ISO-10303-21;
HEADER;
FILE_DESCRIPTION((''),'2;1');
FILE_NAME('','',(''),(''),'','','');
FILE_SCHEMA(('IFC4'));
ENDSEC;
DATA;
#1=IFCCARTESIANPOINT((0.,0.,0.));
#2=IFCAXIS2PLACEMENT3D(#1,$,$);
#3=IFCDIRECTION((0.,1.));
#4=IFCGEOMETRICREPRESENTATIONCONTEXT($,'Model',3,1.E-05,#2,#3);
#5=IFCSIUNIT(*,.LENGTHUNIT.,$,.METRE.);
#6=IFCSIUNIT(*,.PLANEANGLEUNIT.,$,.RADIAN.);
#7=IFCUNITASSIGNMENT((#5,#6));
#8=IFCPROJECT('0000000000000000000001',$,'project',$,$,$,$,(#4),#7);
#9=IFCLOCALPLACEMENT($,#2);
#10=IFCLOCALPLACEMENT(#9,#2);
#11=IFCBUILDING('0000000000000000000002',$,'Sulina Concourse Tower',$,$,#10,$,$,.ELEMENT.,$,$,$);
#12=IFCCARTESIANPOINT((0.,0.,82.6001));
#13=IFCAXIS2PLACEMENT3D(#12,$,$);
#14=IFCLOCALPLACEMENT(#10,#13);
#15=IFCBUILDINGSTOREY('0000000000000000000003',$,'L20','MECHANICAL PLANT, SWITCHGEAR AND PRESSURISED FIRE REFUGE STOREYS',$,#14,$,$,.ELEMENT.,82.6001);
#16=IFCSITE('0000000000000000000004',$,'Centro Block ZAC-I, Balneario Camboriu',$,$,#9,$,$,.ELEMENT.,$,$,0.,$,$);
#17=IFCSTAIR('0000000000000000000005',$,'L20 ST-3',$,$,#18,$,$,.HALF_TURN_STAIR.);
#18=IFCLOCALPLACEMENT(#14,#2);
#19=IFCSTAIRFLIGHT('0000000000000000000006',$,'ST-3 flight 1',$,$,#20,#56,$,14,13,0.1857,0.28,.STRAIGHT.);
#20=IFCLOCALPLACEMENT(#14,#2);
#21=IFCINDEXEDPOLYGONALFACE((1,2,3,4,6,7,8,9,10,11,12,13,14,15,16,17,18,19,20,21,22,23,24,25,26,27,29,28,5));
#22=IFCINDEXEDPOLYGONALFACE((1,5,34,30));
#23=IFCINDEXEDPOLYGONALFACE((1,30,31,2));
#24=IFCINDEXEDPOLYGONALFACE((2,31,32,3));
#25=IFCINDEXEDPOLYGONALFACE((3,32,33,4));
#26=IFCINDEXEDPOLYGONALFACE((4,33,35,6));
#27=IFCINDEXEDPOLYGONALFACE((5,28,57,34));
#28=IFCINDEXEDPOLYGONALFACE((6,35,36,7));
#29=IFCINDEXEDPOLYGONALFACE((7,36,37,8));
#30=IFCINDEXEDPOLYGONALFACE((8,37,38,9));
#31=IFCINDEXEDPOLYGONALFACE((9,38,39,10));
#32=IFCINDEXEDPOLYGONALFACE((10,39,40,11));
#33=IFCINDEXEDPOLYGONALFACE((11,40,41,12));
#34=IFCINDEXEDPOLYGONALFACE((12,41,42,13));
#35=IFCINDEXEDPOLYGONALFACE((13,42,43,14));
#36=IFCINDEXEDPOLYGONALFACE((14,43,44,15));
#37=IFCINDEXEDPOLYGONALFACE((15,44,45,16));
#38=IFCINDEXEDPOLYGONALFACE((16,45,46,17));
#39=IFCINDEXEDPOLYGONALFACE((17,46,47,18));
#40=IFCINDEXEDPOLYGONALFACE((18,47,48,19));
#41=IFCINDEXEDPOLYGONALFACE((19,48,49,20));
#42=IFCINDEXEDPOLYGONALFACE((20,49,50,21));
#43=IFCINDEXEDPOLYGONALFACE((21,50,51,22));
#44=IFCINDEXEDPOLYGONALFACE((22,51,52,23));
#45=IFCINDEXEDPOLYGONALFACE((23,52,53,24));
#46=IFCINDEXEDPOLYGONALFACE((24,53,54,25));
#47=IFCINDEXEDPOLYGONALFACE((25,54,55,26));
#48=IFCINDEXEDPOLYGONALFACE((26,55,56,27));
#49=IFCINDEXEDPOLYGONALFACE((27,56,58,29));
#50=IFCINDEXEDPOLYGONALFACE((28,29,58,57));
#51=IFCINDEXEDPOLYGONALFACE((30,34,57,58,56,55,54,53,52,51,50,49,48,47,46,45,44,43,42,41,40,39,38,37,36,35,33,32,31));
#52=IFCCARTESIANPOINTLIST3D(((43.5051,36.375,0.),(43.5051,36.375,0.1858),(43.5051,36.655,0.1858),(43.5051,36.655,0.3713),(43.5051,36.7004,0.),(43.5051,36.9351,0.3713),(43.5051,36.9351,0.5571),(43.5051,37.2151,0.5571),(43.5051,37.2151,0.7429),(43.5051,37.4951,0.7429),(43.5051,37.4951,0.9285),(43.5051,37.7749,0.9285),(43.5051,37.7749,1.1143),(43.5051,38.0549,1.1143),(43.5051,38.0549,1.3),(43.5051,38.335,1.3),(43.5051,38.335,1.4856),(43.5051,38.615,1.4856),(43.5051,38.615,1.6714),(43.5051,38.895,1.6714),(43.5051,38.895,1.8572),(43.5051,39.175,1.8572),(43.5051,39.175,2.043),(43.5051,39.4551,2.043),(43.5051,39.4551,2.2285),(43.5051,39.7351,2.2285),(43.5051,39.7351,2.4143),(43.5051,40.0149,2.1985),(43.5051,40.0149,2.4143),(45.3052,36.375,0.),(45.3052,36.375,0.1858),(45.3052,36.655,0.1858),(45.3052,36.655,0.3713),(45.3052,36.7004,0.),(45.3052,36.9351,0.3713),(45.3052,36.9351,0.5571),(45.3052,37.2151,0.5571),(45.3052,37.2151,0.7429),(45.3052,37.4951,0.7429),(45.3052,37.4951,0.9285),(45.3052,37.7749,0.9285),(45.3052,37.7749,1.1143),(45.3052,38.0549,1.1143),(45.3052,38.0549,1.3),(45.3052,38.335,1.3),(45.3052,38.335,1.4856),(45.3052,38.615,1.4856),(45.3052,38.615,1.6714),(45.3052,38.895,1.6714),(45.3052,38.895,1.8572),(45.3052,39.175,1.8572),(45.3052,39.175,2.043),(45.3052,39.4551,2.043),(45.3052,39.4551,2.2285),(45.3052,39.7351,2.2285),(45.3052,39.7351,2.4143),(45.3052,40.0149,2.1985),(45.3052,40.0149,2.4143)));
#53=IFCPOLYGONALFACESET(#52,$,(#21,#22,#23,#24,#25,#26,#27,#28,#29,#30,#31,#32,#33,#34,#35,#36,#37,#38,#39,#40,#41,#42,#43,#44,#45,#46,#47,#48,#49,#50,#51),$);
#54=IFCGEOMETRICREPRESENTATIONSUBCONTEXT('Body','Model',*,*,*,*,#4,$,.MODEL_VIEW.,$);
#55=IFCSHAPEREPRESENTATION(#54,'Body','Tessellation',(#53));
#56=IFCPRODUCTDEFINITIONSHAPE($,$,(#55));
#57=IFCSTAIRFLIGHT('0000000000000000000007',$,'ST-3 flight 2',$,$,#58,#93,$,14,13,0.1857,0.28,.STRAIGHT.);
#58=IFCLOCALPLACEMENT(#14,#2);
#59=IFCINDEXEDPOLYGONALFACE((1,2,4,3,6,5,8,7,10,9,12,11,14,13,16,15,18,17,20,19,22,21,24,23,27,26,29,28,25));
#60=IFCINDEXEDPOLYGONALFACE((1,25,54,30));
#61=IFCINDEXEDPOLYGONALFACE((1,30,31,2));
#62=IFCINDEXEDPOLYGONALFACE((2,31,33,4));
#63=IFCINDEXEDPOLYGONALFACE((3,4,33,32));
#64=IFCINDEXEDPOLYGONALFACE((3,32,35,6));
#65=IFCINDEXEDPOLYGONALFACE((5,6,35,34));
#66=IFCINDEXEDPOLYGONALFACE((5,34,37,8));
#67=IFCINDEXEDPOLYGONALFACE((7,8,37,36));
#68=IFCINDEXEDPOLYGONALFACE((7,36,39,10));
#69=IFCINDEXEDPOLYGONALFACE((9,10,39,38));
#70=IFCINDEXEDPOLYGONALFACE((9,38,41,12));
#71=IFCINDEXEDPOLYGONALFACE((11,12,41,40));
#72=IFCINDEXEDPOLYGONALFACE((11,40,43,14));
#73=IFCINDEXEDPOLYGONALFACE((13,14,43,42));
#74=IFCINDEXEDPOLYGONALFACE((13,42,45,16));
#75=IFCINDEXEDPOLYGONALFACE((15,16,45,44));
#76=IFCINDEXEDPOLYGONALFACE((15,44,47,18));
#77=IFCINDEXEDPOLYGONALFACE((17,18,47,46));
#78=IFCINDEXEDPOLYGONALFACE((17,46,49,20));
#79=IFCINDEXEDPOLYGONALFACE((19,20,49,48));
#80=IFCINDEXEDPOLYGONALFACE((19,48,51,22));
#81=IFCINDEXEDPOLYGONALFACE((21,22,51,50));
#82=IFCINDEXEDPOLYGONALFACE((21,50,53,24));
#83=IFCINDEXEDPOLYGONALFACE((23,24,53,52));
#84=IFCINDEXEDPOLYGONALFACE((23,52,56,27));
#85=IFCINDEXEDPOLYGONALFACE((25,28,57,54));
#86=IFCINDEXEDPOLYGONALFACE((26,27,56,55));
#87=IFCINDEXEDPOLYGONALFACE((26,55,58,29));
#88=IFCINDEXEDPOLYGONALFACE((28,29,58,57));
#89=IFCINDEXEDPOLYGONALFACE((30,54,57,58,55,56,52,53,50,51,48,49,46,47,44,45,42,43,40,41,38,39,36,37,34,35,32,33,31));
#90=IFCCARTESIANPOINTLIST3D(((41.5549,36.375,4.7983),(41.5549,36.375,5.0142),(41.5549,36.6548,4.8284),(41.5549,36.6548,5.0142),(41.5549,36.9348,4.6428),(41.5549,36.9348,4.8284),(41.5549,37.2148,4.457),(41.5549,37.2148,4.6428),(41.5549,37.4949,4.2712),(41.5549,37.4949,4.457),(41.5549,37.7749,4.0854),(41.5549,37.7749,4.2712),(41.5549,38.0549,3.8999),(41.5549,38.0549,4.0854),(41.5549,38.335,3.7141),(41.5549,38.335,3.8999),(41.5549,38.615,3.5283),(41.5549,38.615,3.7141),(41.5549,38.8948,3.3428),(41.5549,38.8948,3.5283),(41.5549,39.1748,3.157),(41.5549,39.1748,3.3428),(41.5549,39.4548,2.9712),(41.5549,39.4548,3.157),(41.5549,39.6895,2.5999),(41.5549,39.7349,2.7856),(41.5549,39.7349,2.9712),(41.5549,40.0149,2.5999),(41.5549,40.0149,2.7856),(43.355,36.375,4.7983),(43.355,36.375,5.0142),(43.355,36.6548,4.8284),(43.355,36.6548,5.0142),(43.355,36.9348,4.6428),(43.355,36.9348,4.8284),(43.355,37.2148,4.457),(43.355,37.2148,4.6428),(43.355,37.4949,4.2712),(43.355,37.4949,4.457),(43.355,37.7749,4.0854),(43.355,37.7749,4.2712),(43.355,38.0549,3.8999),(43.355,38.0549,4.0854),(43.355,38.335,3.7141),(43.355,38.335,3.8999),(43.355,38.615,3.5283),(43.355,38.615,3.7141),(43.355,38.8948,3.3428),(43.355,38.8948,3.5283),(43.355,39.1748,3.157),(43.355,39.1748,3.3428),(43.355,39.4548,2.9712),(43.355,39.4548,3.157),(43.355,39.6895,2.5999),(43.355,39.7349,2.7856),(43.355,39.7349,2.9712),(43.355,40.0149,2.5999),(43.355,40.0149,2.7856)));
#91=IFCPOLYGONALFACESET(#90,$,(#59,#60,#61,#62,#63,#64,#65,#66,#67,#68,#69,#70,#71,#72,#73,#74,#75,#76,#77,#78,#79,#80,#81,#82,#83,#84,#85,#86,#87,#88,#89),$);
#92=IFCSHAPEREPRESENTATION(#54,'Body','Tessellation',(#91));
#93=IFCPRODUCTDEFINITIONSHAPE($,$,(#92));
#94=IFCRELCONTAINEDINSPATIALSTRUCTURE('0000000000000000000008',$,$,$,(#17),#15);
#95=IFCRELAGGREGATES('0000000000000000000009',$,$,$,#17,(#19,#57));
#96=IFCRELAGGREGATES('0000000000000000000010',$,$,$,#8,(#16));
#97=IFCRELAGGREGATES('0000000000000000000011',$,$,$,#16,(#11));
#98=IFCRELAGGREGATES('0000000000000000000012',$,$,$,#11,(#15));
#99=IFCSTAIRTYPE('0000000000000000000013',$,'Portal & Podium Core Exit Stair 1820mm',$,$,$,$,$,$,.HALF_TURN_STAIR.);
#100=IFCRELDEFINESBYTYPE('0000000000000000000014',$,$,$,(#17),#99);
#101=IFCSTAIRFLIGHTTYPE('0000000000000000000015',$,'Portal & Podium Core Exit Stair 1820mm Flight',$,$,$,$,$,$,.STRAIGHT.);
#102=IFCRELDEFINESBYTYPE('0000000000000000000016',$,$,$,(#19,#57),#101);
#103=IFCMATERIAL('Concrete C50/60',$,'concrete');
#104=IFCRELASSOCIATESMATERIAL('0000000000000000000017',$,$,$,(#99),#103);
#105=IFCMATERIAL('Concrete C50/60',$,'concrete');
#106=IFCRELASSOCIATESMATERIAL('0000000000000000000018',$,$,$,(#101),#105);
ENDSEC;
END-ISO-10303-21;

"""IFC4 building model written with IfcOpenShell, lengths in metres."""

from ifc_helpers import new_model, si_unit, direction, frame, origin, place, context, subcontext, project, spatial, polyline, outline, extrude, material, type_object, element, aggregate, save


model = new_model("IFC4")

# Units and contexts
model_context = context("Model", 3, precision=1e-05, world=origin(), true_north=direction((0.0, 1.0)))
body_context = subcontext(model_context, "Body", "Model", "MODEL_VIEW")
ifc_project = project(units=[si_unit("LENGTHUNIT", "METRE"), si_unit("PLANEANGLEUNIT", "RADIAN")], contexts=[model_context])

# Site, building, storey
site_placement = place(None, origin())
site = spatial("IfcSite", under=ifc_project, at=site_placement, Name="Centro Block ZAC-I, Balneario Camboriu", CompositionType="ELEMENT", RefElevation=0.0)
building_placement = place(site_placement, origin())
building = spatial("IfcBuilding", under=site, at=building_placement, Name="Sulina Concourse Tower", CompositionType="ELEMENT")
storey_placement = place(building_placement, frame((0.0, 0.0, 82.6001)))
storey = spatial("IfcBuildingStorey", under=building, at=storey_placement, Name="L20", Description="MECHANICAL PLANT, SWITCHGEAR AND PRESSURISED FIRE REFUGE STOREYS", CompositionType="ELEMENT", Elevation=82.6001)

# Stair, stair flights
ifc_material_1 = material(Name="Concrete C50/60", Category="concrete")
stair_type = type_object("IfcStairType", Name="Portal & Podium Core Exit Stair 1820mm", PredefinedType="HALF_TURN_STAIR", material=ifc_material_1)
stair_placement = place(storey_placement, origin())
stair = element("IfcStair", 1, at=stair_placement, inside=storey, type_object=stair_type, Name="L20 ST-3", PredefinedType="HALF_TURN_STAIR")
ifc_material_2 = material(Name="Concrete C50/60", Category="concrete")
stair_flight_type = type_object("IfcStairFlightType", Name="Portal & Podium Core Exit Stair 1820mm Flight", PredefinedType="STRAIGHT", material=ifc_material_2)
stair_flight_1_placement = place(storey_placement, frame((44.405, 36.375, 0.0), z_axis=(0.0, 0.0, 1.0), x_axis=(0.0, 1.0, 0.0)))
stair_flight_1 = element("IfcStairFlight", 2, at=stair_flight_1_placement, type_object=stair_flight_type, Name="ST-3 flight 1", NumberOfRisers=14, NumberOfTreads=13, PredefinedType="STRAIGHT", RiserHeight=0.1857, TreadLength=0.28, context=body_context, shape_type="SweptSolid", body=[
    extrude(outline(polyline([(0.0, 0.0), (0.0, 0.1858), (0.28, 0.1858), (0.28, 0.3713), (0.5601, 0.3713), (0.5601, 0.5571), (0.8401, 0.5571), (0.8401, 0.7429), (1.1201, 0.7429), (1.1201, 0.9285), (1.3999, 0.9285), (1.3999, 1.1143), (1.6799, 1.1143), (1.6799, 1.3), (1.96, 1.3), (1.96, 1.4856), (2.24, 1.4856), (2.24, 1.6714), (2.52, 1.6714), (2.52, 1.8572), (2.8, 1.8572), (2.8, 2.043), (3.0801, 2.043), (3.0801, 2.2285), (3.3601, 2.2285), (3.3601, 2.4143), (3.6399, 2.4143), (3.6399, 2.6001), (3.6399, 2.1985), (0.3254, 0.0), (0.0, 0.0)])), frame((0.0, 0.8999, 0.0), z_axis=(0.0, -1.0, 0.0), x_axis=(1.0, 0.0, 0.0)), (0.0, 0.0, 1.0), 1.8),
])
stair_flight_2_placement = place(storey_placement, frame((42.4551, 40.0149, 2.5999), z_axis=(0.0, 0.0, 1.0), x_axis=(0.0, -1.0, 0.0)))
stair_flight_2 = element("IfcStairFlight", 3, at=stair_flight_2_placement, type_object=stair_flight_type, Name="ST-3 flight 2", NumberOfRisers=14, NumberOfTreads=13, PredefinedType="STRAIGHT", RiserHeight=0.1857, TreadLength=0.28, context=body_context, shape_type="SweptSolid", body=[
    extrude(outline(polyline([(0.0, 0.0), (0.0, 0.1858), (0.28, 0.1858), (0.28, 0.3713), (0.5601, 0.3713), (0.5601, 0.5571), (0.8401, 0.5571), (0.8401, 0.7429), (1.1201, 0.7429), (1.1201, 0.9285), (1.3999, 0.9285), (1.3999, 1.1143), (1.6799, 1.1143), (1.6799, 1.3), (1.96, 1.3), (1.96, 1.4856), (2.24, 1.4856), (2.24, 1.6714), (2.52, 1.6714), (2.52, 1.8572), (2.8, 1.8572), (2.8, 2.043), (3.0801, 2.043), (3.0801, 2.2285), (3.3601, 2.2285), (3.3601, 2.4143), (3.6399, 2.4143), (3.6399, 2.6001), (3.6399, 2.1985), (0.3254, 0.0), (0.0, 0.0)])), frame((0.0, 0.8999, 0.0), z_axis=(0.0, -1.0, 0.0), x_axis=(1.0, 0.0, 0.0)), (0.0, 0.0, 1.0), 1.8),
])
aggregate(stair, [stair_flight_1, stair_flight_2])

save(model, "model.ifc")
